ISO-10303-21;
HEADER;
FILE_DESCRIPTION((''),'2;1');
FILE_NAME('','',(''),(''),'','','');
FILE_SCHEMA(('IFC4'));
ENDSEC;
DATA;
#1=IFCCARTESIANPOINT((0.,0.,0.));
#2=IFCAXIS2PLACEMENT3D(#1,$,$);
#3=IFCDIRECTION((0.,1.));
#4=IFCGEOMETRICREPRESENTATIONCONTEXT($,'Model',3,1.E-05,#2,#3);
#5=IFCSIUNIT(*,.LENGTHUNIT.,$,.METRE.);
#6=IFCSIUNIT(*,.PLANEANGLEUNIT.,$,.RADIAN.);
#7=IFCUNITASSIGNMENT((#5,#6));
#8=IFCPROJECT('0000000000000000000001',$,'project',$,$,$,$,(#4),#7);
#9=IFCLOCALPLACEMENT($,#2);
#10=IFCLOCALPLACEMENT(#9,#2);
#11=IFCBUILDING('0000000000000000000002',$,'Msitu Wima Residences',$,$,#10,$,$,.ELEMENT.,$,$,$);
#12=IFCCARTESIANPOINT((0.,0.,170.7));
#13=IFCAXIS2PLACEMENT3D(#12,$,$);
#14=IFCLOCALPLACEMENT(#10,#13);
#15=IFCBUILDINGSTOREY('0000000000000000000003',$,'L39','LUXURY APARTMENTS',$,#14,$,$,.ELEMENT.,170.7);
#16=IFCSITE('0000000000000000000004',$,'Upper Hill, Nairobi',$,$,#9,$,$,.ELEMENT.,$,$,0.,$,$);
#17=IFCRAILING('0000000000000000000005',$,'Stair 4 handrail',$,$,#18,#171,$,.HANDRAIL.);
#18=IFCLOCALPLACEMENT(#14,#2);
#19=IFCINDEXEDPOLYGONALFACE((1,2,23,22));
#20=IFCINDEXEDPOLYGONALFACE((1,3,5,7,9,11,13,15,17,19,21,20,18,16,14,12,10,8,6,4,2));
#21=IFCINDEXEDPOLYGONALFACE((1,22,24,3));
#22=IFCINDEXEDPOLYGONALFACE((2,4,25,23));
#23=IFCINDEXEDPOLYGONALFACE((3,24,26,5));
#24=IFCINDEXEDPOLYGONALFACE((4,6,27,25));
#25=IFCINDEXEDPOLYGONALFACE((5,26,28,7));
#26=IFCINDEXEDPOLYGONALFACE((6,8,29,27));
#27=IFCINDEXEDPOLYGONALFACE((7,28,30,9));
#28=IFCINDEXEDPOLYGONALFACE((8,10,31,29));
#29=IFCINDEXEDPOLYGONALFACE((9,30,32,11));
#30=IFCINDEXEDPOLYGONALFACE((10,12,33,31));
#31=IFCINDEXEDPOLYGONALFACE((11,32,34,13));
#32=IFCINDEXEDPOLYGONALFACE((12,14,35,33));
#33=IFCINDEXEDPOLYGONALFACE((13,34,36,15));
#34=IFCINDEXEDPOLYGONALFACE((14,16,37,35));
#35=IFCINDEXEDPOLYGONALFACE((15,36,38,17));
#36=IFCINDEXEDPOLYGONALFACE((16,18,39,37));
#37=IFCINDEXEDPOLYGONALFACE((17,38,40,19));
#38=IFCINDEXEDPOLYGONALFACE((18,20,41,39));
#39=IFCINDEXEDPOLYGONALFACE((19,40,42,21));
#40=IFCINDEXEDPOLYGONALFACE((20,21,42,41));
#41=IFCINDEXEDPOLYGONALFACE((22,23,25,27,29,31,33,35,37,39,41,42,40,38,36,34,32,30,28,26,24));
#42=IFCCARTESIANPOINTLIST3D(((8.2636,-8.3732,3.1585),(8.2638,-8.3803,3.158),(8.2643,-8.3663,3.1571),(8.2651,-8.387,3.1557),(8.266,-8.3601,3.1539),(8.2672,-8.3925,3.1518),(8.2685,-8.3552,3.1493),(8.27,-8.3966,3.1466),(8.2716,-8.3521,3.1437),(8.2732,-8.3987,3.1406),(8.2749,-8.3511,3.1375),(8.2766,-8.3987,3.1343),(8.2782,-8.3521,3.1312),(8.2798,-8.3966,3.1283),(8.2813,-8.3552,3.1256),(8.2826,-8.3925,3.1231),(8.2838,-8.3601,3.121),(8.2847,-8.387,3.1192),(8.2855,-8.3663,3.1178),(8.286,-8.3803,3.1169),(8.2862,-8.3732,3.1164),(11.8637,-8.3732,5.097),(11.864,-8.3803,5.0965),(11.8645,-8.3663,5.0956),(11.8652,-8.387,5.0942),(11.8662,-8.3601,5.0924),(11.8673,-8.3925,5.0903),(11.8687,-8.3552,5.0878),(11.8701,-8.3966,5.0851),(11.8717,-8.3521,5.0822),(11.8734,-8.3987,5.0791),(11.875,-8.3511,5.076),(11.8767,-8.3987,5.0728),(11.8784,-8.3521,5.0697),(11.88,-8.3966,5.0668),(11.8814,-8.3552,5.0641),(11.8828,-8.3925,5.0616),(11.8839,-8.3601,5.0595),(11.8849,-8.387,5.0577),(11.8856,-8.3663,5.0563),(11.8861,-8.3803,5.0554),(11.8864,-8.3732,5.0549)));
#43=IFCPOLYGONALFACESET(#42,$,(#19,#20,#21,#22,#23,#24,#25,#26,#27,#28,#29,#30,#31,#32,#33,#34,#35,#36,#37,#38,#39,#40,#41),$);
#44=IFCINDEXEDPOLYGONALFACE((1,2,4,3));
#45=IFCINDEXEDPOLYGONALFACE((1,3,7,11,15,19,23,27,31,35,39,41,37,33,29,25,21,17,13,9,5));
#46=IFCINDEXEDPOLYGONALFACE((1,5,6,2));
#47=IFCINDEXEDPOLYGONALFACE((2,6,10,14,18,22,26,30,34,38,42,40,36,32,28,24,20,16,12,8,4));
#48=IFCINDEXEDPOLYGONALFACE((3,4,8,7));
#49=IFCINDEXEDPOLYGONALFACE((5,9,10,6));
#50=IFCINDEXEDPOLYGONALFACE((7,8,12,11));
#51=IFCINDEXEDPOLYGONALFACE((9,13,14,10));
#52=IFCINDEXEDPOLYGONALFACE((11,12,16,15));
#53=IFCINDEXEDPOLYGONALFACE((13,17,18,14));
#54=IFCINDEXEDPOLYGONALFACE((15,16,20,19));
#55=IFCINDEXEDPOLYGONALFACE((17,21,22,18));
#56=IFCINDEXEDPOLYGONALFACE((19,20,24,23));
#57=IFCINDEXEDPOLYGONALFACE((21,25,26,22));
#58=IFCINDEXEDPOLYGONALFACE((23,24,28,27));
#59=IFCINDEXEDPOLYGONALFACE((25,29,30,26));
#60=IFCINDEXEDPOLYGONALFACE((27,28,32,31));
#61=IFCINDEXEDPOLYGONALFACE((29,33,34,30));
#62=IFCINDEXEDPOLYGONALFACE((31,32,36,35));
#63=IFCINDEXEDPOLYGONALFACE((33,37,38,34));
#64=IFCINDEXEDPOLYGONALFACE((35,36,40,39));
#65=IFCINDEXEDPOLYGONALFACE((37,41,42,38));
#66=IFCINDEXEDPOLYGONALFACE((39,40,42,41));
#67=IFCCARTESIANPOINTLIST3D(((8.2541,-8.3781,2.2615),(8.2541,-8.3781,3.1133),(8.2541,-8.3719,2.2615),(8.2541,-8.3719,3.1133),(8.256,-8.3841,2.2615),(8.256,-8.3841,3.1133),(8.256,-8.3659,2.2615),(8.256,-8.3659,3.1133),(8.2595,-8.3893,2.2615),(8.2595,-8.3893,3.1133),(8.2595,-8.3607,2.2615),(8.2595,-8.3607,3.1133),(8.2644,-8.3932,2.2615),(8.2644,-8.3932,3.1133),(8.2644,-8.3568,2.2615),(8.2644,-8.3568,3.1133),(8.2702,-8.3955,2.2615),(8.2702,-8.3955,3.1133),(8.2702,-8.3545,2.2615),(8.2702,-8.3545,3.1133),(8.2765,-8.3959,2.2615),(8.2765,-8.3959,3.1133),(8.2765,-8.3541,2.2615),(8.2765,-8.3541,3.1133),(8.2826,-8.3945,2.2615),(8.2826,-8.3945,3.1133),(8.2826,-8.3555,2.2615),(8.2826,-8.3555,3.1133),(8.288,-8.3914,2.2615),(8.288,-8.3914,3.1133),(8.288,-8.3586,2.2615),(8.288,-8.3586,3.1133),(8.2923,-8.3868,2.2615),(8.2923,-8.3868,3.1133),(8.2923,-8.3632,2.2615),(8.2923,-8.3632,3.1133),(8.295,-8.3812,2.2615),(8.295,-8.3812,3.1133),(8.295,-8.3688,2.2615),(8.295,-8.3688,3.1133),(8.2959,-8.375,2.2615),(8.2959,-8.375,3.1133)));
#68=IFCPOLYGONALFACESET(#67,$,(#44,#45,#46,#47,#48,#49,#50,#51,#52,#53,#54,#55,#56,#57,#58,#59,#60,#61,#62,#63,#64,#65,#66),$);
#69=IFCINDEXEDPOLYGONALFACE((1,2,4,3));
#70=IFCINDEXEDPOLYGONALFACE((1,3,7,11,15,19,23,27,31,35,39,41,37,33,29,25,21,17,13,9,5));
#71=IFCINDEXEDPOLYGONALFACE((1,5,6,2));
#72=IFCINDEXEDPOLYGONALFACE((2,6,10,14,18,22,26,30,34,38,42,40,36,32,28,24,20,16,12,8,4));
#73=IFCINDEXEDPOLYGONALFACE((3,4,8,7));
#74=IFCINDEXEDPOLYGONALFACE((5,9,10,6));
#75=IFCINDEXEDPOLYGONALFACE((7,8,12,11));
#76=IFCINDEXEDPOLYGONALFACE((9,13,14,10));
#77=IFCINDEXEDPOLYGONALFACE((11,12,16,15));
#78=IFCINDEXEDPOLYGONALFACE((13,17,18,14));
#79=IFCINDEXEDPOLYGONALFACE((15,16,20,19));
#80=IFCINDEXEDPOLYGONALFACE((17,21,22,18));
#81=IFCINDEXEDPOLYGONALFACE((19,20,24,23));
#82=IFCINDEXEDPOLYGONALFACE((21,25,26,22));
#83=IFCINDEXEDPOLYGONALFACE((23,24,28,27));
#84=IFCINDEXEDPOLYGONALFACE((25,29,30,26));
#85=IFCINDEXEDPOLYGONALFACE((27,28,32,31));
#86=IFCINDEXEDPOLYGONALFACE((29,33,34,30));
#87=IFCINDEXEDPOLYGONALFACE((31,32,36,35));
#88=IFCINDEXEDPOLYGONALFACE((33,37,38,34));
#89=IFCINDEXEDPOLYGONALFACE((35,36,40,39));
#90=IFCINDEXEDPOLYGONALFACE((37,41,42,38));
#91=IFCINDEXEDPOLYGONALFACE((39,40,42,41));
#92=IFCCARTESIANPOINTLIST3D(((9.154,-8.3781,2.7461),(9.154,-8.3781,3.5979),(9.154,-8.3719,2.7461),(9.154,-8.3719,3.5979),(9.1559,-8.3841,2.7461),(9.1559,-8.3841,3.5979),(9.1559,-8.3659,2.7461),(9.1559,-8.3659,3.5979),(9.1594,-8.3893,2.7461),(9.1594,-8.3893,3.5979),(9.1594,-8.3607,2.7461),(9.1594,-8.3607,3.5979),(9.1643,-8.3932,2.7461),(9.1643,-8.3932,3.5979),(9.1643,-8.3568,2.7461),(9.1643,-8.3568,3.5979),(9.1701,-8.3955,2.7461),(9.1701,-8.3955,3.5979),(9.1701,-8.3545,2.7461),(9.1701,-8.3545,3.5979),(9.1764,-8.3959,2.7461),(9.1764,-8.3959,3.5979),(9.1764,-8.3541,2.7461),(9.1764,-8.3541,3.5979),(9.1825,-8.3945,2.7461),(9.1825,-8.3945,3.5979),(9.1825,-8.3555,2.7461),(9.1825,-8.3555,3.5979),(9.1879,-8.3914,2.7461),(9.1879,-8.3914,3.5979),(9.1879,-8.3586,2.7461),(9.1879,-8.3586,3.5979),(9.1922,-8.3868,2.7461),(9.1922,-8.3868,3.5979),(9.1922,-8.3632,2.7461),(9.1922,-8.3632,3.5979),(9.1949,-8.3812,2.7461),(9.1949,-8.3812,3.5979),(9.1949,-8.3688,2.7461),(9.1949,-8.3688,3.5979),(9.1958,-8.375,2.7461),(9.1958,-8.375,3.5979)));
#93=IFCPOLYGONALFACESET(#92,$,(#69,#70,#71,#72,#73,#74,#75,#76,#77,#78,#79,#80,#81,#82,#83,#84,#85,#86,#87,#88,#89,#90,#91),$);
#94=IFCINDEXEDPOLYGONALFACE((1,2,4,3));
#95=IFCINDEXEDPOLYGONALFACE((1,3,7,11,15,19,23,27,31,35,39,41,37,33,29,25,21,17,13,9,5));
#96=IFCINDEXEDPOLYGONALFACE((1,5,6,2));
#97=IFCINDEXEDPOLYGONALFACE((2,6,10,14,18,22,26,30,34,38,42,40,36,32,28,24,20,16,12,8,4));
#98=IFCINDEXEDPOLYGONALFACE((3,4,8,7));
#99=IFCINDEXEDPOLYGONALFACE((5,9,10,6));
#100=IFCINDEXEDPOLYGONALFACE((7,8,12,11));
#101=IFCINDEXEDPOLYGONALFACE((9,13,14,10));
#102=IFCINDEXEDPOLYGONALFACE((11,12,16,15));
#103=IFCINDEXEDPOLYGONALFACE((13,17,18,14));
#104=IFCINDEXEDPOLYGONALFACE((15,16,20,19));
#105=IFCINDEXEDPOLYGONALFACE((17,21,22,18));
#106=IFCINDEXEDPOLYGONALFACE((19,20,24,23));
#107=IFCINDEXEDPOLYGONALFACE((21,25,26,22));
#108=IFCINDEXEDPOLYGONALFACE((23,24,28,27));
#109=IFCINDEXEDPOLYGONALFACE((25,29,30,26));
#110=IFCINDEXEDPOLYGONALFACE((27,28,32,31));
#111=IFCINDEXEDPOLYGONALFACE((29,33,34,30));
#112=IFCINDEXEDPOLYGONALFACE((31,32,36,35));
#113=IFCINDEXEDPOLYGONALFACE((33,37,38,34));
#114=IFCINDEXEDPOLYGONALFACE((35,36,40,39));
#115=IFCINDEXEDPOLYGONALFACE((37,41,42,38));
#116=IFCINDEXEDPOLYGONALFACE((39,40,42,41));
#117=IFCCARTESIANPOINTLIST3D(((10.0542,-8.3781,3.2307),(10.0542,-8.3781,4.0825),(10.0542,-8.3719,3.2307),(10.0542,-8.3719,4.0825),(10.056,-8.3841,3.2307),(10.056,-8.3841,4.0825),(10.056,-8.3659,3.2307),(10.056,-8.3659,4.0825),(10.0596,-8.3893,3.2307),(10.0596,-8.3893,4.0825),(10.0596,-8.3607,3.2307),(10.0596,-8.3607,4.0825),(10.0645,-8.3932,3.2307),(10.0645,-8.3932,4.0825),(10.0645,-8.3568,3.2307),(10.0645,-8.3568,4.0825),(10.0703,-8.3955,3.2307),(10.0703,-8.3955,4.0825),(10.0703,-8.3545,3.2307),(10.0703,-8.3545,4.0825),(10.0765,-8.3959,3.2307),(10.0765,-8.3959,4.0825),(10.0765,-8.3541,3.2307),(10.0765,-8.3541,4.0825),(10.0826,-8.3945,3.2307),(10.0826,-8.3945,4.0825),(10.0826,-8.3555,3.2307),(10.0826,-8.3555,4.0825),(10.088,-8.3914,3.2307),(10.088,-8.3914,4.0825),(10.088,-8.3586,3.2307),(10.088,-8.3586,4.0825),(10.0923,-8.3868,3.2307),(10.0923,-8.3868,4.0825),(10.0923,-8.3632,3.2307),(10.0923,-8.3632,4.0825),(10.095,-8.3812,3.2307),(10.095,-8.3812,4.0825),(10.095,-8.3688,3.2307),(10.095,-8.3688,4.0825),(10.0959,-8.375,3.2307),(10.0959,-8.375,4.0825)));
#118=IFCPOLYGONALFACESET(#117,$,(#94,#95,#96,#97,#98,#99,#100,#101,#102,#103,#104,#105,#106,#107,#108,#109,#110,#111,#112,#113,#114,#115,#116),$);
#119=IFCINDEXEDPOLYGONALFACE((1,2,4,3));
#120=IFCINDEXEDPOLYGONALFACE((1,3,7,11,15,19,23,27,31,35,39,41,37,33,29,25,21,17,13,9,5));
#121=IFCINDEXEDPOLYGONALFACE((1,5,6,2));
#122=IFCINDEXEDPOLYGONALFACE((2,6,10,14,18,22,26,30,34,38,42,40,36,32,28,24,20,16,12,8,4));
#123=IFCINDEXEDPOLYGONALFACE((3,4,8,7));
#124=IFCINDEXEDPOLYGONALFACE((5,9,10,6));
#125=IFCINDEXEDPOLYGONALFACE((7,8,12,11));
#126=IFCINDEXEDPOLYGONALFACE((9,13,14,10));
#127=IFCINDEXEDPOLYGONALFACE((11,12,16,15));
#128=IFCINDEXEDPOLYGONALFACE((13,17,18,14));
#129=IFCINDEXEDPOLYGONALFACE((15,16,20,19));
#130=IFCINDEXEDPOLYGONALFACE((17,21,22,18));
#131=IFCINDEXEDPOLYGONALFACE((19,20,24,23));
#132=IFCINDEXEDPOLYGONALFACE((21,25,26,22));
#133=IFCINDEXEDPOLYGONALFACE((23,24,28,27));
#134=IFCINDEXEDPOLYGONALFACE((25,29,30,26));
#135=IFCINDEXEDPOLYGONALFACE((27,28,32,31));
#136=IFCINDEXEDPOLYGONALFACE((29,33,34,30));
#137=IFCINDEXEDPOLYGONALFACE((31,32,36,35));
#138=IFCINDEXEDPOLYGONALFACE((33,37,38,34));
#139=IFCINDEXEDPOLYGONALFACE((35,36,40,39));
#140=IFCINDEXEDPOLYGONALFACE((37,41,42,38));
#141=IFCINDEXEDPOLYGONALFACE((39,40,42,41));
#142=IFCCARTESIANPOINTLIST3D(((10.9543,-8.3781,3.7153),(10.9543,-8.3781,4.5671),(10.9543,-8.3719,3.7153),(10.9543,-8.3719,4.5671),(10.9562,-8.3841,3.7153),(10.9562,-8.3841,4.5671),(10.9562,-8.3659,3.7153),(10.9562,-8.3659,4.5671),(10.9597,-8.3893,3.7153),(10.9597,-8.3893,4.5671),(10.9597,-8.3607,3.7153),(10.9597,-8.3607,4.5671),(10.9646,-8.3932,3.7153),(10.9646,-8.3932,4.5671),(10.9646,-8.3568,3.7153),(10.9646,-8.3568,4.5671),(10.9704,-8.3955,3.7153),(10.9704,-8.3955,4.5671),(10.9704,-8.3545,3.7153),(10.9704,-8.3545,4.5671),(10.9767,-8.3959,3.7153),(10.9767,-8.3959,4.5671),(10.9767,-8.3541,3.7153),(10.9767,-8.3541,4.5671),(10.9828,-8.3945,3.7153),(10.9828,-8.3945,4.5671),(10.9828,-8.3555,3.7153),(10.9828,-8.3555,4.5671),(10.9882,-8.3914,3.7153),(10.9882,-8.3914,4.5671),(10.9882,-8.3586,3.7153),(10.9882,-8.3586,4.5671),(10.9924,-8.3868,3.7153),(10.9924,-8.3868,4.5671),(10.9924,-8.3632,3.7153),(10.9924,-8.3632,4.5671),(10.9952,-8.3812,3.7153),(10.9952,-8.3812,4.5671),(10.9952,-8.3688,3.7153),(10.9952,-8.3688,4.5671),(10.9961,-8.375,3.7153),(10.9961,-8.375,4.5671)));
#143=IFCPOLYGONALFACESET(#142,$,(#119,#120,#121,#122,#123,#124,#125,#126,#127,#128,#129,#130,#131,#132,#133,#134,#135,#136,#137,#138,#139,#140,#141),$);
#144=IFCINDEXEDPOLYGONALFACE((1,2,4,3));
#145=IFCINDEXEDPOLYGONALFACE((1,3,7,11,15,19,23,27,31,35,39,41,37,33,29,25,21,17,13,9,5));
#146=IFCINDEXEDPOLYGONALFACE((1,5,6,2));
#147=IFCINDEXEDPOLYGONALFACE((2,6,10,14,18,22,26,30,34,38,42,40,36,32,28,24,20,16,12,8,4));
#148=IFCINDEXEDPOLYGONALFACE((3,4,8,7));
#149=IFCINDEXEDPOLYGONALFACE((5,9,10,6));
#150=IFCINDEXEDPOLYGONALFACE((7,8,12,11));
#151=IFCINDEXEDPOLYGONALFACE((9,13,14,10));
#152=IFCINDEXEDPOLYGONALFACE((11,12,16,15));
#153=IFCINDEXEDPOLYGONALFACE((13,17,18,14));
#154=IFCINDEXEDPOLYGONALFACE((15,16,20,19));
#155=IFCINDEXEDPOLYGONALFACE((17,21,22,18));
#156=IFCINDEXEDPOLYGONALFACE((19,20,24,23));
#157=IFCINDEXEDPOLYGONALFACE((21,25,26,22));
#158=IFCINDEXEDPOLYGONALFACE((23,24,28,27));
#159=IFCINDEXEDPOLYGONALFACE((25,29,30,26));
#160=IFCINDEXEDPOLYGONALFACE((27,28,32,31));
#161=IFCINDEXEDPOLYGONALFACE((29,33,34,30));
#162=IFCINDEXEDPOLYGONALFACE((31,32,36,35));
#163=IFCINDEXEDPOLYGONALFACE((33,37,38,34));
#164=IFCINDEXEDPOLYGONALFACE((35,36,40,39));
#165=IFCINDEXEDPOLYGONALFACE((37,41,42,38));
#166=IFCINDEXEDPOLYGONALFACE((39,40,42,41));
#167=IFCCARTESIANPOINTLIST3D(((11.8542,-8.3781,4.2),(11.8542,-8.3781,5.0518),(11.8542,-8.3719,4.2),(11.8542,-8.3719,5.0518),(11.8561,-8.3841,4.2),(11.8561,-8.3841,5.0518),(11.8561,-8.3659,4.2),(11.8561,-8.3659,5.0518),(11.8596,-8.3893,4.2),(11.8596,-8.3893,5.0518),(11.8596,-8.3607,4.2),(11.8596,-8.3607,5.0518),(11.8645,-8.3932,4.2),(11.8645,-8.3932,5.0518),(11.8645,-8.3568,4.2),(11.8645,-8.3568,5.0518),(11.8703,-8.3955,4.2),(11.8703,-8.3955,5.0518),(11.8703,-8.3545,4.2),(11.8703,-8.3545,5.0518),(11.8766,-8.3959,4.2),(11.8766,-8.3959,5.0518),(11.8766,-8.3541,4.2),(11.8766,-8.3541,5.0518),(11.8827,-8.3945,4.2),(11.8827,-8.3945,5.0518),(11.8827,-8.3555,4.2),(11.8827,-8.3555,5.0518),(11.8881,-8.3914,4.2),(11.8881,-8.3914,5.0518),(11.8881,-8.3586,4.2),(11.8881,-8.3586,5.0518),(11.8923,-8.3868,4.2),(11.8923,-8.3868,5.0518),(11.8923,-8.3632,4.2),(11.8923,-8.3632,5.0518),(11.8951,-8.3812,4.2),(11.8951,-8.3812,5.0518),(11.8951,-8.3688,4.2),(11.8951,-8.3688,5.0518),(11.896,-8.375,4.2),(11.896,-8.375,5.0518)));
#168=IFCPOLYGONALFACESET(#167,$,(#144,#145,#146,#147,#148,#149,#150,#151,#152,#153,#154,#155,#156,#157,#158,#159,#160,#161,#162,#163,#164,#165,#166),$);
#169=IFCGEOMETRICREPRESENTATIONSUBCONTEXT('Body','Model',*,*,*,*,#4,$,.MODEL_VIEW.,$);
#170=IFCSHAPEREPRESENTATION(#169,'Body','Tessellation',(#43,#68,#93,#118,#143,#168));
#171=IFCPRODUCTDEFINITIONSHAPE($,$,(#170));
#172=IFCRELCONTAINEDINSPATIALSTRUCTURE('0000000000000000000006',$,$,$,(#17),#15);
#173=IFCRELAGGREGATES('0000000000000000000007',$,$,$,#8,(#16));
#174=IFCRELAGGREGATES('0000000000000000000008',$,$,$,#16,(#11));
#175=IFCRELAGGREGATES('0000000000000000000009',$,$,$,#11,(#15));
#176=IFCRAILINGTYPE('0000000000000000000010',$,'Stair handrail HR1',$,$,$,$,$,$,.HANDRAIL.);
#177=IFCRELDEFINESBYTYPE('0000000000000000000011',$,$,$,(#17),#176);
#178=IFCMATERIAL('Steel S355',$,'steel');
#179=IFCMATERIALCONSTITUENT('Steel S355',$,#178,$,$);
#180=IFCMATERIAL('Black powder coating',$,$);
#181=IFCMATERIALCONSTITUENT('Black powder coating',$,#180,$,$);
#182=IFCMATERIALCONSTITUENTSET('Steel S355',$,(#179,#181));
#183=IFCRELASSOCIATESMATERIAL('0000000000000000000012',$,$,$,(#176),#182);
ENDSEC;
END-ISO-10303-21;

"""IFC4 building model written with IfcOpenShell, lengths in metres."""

from ifc_helpers import new_model, si_unit, direction, frame, origin, origin_2d, place, context, subcontext, project, spatial, circle, extrude, material, constituent, constituent_set, type_object, element, save


model = new_model("IFC4")

# Units and contexts
model_context = context("Model", 3, precision=1e-05, world=origin(), true_north=direction((0.0, 1.0)))
body_context = subcontext(model_context, "Body", "Model", "MODEL_VIEW")
ifc_project = project(units=[si_unit("LENGTHUNIT", "METRE"), si_unit("PLANEANGLEUNIT", "RADIAN")], contexts=[model_context])

# Site, building, storey
site_placement = place(None, origin())
site = spatial("IfcSite", under=ifc_project, at=site_placement, Name="Upper Hill, Nairobi", CompositionType="ELEMENT", RefElevation=0.0)
building_placement = place(site_placement, origin())
building = spatial("IfcBuilding", under=site, at=building_placement, Name="Msitu Wima Residences", CompositionType="ELEMENT")
storey_placement = place(building_placement, frame((0.0, 0.0, 170.7)))
storey = spatial("IfcBuildingStorey", under=building, at=storey_placement, Name="L39", Description="LUXURY APARTMENTS", CompositionType="ELEMENT", Elevation=170.7)

# Railing
ifc_material_1 = material(Name="Steel S355", Category="steel")
ifc_constituent_1 = constituent(ifc_material_1, Name="Steel S355")
ifc_material_2 = material(Name="Black powder coating")
ifc_constituent_2 = constituent(ifc_material_2, Name="Black powder coating")
ifc_constituent_set = constituent_set(constituents=[ifc_constituent_1, ifc_constituent_2], Name="Steel S355")
railing_type = type_object("IfcRailingType", Name="Stair handrail HR1", PredefinedType="HANDRAIL", material=ifc_constituent_set)
for number, where, name in (
    (1, (8.2749, -8.375, 2.2615), "Stair 4 handrail"),
):
    element("IfcRailing", number, at=place(storey_placement, frame(where)), inside=storey, type_object=railing_type, Name=name, PredefinedType="HANDRAIL", context=body_context, shape_type="SweptSolid", body=[
        extrude(circle(Radius=0.0239, at=origin_2d()), frame((0.0, 0.0, 0.876), z_axis=(0.880475, 0.0, 0.474093), x_axis=(0.0, 1.0, 0.0)), (0.0, 0.0, 1.0), 4.0889),
        extrude(circle(Radius=0.021, at=origin_2d()), origin(), (0.0, 0.0, 1.0), 0.8518),
        extrude(circle(Radius=0.021, at=origin_2d()), frame((0.8999, 0.0, 0.4846)), (0.0, 0.0, 1.0), 0.8518),
        extrude(circle(Radius=0.021, at=origin_2d()), frame((1.8, 0.0, 0.9692)), (0.0, 0.0, 1.0), 0.8518),
        extrude(circle(Radius=0.021, at=origin_2d()), frame((2.7002, 0.0, 1.4539)), (0.0, 0.0, 1.0), 0.8518),
        extrude(circle(Radius=0.021, at=origin_2d()), frame((3.6001, 0.0, 1.9385)), (0.0, 0.0, 1.0), 0.8518),
    ])

save(model, "model.ifc")
